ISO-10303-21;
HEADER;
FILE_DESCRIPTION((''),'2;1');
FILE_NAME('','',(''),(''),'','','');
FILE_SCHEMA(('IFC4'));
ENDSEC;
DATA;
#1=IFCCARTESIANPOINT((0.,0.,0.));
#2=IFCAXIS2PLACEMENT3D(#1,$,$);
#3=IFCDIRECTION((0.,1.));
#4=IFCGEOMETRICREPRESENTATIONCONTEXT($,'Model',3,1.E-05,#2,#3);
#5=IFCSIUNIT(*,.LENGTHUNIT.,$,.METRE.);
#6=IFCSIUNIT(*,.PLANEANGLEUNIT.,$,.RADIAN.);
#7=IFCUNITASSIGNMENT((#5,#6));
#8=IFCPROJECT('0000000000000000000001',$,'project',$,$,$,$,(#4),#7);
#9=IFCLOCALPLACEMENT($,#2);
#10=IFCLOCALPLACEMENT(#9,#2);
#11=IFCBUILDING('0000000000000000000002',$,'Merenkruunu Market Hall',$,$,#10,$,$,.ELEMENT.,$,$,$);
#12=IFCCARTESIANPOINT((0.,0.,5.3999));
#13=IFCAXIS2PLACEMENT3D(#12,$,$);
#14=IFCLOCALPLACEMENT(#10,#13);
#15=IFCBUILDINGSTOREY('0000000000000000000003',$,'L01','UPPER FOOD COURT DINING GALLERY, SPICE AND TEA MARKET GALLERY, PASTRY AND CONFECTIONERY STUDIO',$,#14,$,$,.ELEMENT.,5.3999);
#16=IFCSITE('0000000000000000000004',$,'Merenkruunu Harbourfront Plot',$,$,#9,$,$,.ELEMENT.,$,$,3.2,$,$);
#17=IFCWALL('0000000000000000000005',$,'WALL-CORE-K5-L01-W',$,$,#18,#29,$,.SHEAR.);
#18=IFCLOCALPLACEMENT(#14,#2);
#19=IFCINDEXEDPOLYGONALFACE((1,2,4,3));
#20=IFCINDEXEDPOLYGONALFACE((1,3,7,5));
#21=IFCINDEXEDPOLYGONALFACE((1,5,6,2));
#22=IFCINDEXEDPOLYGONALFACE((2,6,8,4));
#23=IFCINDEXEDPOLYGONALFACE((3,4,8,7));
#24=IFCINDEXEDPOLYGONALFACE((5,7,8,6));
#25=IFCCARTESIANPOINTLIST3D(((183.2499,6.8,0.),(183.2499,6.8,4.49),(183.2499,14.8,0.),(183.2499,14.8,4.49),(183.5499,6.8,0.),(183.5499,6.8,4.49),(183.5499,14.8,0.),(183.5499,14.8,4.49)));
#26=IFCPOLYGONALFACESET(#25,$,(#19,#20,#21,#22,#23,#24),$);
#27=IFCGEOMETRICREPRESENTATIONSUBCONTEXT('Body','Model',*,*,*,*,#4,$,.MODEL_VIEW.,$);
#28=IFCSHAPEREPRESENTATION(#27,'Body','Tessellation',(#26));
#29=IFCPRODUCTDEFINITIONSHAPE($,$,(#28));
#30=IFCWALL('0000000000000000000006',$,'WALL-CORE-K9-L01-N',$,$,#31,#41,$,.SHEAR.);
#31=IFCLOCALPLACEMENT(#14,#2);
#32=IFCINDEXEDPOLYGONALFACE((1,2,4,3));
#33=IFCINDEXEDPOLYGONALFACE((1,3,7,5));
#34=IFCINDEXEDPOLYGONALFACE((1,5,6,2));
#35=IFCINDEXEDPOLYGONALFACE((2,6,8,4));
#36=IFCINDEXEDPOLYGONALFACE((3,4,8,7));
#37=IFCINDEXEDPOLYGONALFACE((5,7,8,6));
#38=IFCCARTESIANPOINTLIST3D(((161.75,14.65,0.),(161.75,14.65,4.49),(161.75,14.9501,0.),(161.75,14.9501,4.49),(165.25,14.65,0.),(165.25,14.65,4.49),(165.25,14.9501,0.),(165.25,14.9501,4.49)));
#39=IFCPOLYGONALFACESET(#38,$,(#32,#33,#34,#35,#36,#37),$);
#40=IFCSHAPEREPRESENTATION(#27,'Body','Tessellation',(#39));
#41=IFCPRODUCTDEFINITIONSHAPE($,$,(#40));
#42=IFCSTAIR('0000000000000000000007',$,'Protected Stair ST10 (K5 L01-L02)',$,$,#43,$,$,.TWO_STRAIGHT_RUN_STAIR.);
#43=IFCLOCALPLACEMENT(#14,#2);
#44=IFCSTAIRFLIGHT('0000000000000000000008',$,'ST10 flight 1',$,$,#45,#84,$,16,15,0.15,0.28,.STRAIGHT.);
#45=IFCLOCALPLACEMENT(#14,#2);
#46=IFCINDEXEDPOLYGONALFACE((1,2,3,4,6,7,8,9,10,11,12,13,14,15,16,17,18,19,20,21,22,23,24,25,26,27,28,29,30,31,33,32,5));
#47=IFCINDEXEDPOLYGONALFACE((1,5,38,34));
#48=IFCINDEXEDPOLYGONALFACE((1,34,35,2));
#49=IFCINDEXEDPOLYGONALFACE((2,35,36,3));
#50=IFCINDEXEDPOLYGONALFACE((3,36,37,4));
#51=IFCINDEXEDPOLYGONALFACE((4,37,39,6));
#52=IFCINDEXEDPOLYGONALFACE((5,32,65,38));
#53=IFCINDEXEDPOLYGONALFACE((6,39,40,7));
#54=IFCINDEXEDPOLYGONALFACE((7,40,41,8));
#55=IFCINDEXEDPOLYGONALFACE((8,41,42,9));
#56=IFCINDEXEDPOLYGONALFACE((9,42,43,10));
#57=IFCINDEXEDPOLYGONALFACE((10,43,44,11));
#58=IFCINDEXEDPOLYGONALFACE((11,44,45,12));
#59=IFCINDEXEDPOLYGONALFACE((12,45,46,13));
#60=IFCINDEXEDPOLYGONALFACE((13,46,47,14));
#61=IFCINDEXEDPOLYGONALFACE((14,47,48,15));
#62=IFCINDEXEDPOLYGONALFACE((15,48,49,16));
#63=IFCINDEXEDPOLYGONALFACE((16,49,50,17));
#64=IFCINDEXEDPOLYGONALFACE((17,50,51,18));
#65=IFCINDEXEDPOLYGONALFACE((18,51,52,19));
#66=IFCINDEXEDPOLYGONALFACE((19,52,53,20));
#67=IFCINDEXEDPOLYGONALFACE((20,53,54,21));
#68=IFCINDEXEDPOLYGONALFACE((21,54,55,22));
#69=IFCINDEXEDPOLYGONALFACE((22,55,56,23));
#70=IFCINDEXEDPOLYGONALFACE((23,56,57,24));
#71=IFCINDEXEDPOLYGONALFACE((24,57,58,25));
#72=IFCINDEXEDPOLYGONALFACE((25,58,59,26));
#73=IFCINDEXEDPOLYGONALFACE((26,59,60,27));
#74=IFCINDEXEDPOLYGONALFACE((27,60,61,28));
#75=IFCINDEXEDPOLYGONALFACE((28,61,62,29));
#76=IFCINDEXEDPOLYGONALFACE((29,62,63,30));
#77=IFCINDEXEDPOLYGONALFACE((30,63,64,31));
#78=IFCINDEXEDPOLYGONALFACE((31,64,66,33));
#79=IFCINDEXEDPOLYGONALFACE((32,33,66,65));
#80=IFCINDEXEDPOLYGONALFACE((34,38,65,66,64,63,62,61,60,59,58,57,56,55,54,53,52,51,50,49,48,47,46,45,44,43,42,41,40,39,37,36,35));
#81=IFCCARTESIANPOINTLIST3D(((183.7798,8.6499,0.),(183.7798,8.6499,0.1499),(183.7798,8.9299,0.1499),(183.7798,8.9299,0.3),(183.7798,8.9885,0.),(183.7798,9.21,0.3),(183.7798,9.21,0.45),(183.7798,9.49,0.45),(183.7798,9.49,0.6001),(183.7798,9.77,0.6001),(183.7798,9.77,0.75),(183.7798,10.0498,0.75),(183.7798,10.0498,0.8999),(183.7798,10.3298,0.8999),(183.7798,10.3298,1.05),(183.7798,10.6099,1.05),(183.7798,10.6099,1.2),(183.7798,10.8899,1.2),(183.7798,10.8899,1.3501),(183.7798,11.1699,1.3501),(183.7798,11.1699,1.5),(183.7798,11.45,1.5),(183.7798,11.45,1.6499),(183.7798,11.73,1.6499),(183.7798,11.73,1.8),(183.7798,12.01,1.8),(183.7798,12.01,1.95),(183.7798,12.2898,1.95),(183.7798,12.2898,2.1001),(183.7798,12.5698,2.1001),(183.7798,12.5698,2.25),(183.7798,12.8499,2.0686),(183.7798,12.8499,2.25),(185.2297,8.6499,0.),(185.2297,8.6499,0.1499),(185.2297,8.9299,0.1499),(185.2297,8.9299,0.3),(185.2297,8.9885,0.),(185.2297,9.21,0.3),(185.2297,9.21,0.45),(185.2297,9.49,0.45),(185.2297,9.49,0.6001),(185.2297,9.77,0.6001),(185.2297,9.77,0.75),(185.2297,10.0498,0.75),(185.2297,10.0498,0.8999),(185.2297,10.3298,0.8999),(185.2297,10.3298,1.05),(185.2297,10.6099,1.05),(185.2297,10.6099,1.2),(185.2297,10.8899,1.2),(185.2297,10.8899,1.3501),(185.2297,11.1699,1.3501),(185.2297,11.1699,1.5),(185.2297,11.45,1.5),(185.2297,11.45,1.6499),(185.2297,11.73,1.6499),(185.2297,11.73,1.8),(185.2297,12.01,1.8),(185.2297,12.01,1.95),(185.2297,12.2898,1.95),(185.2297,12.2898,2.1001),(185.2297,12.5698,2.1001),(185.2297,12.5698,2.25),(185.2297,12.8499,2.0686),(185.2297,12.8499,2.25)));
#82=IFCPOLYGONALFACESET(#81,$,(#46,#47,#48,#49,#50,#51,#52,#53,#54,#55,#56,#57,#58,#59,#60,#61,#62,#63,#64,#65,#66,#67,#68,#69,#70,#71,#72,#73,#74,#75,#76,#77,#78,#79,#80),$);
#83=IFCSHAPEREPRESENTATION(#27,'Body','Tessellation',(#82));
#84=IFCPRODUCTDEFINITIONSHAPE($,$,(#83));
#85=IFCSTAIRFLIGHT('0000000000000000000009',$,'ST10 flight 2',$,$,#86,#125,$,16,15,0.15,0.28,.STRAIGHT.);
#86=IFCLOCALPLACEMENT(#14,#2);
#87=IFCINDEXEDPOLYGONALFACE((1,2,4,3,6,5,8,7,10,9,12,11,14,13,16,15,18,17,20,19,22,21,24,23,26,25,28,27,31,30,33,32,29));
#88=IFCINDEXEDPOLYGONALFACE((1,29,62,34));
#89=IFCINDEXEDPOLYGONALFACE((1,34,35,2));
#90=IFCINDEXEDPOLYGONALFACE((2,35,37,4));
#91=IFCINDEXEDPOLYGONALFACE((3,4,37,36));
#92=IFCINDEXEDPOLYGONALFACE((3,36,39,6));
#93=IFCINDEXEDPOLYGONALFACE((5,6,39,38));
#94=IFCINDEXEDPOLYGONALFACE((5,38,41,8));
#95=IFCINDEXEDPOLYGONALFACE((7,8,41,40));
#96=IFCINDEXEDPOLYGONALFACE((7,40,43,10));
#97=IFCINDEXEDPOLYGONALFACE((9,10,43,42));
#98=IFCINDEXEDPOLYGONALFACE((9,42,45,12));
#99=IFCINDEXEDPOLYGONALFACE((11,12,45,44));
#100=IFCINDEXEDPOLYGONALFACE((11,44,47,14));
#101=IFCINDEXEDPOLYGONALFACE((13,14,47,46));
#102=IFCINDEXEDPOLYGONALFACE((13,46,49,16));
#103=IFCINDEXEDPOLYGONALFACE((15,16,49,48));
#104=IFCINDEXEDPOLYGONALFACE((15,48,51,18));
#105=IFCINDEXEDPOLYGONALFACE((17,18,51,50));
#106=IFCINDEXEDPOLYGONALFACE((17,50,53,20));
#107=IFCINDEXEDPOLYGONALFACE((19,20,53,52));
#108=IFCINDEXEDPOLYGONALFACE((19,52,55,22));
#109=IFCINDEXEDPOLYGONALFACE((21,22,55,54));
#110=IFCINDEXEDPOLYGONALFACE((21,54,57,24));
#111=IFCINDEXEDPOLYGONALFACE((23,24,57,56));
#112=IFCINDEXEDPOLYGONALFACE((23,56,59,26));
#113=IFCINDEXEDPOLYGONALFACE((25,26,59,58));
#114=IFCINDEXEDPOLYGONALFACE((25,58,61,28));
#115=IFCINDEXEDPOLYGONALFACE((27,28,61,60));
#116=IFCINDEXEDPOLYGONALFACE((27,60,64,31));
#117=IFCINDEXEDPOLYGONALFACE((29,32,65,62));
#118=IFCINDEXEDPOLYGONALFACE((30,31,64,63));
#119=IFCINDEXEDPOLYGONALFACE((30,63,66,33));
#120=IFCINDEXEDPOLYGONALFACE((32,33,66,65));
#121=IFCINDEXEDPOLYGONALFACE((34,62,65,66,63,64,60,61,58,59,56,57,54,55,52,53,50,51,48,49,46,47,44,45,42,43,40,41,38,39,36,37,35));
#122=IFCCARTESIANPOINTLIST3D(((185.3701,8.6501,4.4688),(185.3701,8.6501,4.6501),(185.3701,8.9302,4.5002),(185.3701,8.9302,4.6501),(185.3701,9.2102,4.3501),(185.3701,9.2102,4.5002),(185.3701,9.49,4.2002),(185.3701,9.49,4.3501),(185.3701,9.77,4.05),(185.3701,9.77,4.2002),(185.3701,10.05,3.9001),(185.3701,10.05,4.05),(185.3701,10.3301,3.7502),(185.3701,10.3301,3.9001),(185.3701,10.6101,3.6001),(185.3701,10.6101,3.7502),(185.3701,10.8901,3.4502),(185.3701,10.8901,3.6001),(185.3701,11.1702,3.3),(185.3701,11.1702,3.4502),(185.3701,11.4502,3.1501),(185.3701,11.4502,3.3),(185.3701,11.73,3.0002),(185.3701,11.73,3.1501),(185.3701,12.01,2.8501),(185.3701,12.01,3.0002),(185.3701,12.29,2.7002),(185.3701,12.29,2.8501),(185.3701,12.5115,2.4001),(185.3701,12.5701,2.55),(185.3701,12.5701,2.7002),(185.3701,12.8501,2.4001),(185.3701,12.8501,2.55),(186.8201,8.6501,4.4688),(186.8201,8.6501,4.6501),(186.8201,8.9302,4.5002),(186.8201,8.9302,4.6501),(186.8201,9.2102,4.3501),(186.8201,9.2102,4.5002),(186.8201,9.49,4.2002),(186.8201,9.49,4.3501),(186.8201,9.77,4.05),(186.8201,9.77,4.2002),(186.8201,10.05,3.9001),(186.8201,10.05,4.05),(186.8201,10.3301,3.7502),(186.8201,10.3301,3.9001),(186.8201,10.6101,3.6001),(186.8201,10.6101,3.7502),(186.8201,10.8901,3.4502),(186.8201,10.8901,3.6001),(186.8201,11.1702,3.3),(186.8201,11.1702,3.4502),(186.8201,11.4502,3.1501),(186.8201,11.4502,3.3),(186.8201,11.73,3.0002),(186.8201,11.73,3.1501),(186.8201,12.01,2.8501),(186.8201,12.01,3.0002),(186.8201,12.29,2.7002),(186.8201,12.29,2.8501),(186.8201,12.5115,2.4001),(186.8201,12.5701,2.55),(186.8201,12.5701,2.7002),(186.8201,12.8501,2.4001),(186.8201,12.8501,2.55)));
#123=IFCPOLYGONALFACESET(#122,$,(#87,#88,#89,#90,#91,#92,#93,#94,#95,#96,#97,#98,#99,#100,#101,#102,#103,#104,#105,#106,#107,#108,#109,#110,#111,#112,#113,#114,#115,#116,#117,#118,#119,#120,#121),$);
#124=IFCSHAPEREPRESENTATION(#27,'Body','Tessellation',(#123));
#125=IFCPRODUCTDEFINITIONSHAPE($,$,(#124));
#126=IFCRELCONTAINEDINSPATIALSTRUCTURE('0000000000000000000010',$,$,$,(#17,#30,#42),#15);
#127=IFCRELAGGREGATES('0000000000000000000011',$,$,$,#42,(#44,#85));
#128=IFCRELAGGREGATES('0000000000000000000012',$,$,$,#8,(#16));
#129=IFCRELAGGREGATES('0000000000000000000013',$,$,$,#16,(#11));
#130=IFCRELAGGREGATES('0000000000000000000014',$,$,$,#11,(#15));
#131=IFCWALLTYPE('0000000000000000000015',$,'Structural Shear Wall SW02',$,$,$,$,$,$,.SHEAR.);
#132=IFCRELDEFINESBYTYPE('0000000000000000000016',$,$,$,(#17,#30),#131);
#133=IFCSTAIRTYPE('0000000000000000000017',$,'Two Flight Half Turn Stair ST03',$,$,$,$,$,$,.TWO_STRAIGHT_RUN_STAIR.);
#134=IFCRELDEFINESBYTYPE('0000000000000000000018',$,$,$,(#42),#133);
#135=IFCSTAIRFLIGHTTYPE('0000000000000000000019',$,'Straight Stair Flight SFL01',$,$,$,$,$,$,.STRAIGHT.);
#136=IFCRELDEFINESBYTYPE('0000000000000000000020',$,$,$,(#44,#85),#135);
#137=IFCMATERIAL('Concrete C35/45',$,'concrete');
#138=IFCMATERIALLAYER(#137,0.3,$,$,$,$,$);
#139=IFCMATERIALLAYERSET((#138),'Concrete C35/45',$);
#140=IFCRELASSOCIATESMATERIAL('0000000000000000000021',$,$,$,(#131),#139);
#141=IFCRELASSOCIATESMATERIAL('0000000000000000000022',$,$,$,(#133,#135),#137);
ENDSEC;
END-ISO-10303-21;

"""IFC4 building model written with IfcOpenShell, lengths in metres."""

from ifc_helpers import new_model, si_unit, direction, frame, frame_2d, origin, place, context, subcontext, project, spatial, polyline, rectangle, outline, extrude, material, layer, layer_set, type_object, element, aggregate, save


model = new_model("IFC4")

# Units and contexts
model_context = context("Model", 3, precision=1e-05, world=origin(), true_north=direction((0.0, 1.0)))
body_context = subcontext(model_context, "Body", "Model", "MODEL_VIEW")
ifc_project = project(units=[si_unit("LENGTHUNIT", "METRE"), si_unit("PLANEANGLEUNIT", "RADIAN")], contexts=[model_context])

# Site, building, storey
site_placement = place(None, origin())
site = spatial("IfcSite", under=ifc_project, at=site_placement, Name="Merenkruunu Harbourfront Plot", CompositionType="ELEMENT", RefElevation=3.2)
building_placement = place(site_placement, origin())
building = spatial("IfcBuilding", under=site, at=building_placement, Name="Merenkruunu Market Hall", CompositionType="ELEMENT")
storey_placement = place(building_placement, frame((0.0, 0.0, 5.3999)))
storey = spatial("IfcBuildingStorey", under=building, at=storey_placement, Name="L01", Description="UPPER FOOD COURT DINING GALLERY, SPICE AND TEA MARKET GALLERY, PASTRY AND CONFECTIONERY STUDIO", CompositionType="ELEMENT", Elevation=5.3999)

# Walls
ifc_material_1 = material(Name="Concrete C35/45", Category="concrete")
ifc_layer_1 = layer(ifc_material_1, 0.3)
ifc_layer_set_1 = layer_set([ifc_layer_1], Name="Concrete C35/45")
wall_type_1 = type_object("IfcWallType", Name="Structural Shear Wall SW02", PredefinedType="SHEAR", material=ifc_layer_set_1)
wall_1_placement = place(storey_placement, frame((183.3999, 14.8, 0.0), z_axis=(0.0, 0.0, 1.0), x_axis=(0.0, -1.0, 0.0)))
element("IfcWall", 1, at=wall_1_placement, inside=storey, type_object=wall_type_1, Name="WALL-CORE-K5-L01-W", PredefinedType="SHEAR", context=body_context, shape_type="SweptSolid", body=[
    extrude(rectangle(XDim=8.0, YDim=0.3, at=frame_2d((4.0, 0.0))), origin(), (0.0, 0.0, 1.0), 4.49),
])
wall_2_placement = place(storey_placement, frame((165.25, 14.8, 0.0), z_axis=(0.0, 0.0, 1.0), x_axis=(-1.0, 0.0, 0.0)))
element("IfcWall", 2, at=wall_2_placement, inside=storey, type_object=wall_type_1, Name="WALL-CORE-K9-L01-N", PredefinedType="SHEAR", context=body_context, shape_type="SweptSolid", body=[
    extrude(rectangle(XDim=3.5, YDim=0.3, at=frame_2d((1.75, 0.0))), origin(), (0.0, 0.0, 1.0), 4.49),
])

# Stair, stair flights
stair_type = type_object("IfcStairType", Name="Two Flight Half Turn Stair ST03", PredefinedType="TWO_STRAIGHT_RUN_STAIR", material=ifc_material_1)
stair_placement = place(storey_placement, origin())
stair = element("IfcStair", 3, at=stair_placement, inside=storey, type_object=stair_type, Name="Protected Stair ST10 (K5 L01-L02)", PredefinedType="TWO_STRAIGHT_RUN_STAIR")
stair_flight_type = type_object("IfcStairFlightType", Name="Straight Stair Flight SFL01", PredefinedType="STRAIGHT", material=ifc_material_1)
stair_flight_1_placement = place(storey_placement, frame((184.5049, 8.6499, 0.0), z_axis=(0.0, 0.0, 1.0), x_axis=(0.0, 1.0, 0.0)))
stair_flight_1 = element("IfcStairFlight", 4, at=stair_flight_1_placement, type_object=stair_flight_type, Name="ST10 flight 1", NumberOfRisers=16, NumberOfTreads=15, PredefinedType="STRAIGHT", RiserHeight=0.15, TreadLength=0.28, context=body_context, shape_type="SweptSolid", body=[
    extrude(outline(polyline([(0.0, 0.0), (0.0, 0.1499), (0.28, 0.1499), (0.28, 0.3), (0.5601, 0.3), (0.5601, 0.45), (0.8401, 0.45), (0.8401, 0.6001), (1.1201, 0.6001), (1.1201, 0.75), (1.3999, 0.75), (1.3999, 0.8999), (1.6799, 0.8999), (1.6799, 1.05), (1.96, 1.05), (1.96, 1.2), (2.24, 1.2), (2.24, 1.3501), (2.52, 1.3501), (2.52, 1.5), (2.8, 1.5), (2.8, 1.6499), (3.0801, 1.6499), (3.0801, 1.8), (3.3601, 1.8), (3.3601, 1.95), (3.6399, 1.95), (3.6399, 2.1001), (3.9199, 2.1001), (3.9199, 2.25), (4.2, 2.25), (4.2, 2.3999), (4.2, 2.0686), (0.3386, 0.0), (0.0, 0.0)])), frame((0.0, 0.7251, 0.0), z_axis=(0.0, -1.0, 0.0), x_axis=(1.0, 0.0, 0.0)), (0.0, 0.0, 1.0), 1.45),
])
stair_flight_2_placement = place(storey_placement, frame((186.095, 12.8501, 2.4001), z_axis=(0.0, 0.0, 1.0), x_axis=(0.0, -1.0, 0.0)))
stair_flight_2 = element("IfcStairFlight", 5, at=stair_flight_2_placement, type_object=stair_flight_type, Name="ST10 flight 2", NumberOfRisers=16, NumberOfTreads=15, PredefinedType="STRAIGHT", RiserHeight=0.15, TreadLength=0.28, context=body_context, shape_type="SweptSolid", body=[
    extrude(outline(polyline([(0.0, 0.0), (0.0, 0.1499), (0.28, 0.1499), (0.28, 0.3), (0.5601, 0.3), (0.5601, 0.45), (0.8401, 0.45), (0.8401, 0.6001), (1.1201, 0.6001), (1.1201, 0.75), (1.3999, 0.75), (1.3999, 0.8999), (1.6799, 0.8999), (1.6799, 1.05), (1.96, 1.05), (1.96, 1.2), (2.24, 1.2), (2.24, 1.3501), (2.52, 1.3501), (2.52, 1.5), (2.8, 1.5), (2.8, 1.6499), (3.0801, 1.6499), (3.0801, 1.8), (3.3601, 1.8), (3.3601, 1.95), (3.6399, 1.95), (3.6399, 2.1001), (3.9199, 2.1001), (3.9199, 2.25), (4.2, 2.25), (4.2, 2.3999), (4.2, 2.0686), (0.3386, 0.0), (0.0, 0.0)])), frame((0.0, 0.7251, 0.0), z_axis=(0.0, -1.0, 0.0), x_axis=(1.0, 0.0, 0.0)), (0.0, 0.0, 1.0), 1.45),
])
aggregate(stair, [stair_flight_1, stair_flight_2])

save(model, "model.ifc")
